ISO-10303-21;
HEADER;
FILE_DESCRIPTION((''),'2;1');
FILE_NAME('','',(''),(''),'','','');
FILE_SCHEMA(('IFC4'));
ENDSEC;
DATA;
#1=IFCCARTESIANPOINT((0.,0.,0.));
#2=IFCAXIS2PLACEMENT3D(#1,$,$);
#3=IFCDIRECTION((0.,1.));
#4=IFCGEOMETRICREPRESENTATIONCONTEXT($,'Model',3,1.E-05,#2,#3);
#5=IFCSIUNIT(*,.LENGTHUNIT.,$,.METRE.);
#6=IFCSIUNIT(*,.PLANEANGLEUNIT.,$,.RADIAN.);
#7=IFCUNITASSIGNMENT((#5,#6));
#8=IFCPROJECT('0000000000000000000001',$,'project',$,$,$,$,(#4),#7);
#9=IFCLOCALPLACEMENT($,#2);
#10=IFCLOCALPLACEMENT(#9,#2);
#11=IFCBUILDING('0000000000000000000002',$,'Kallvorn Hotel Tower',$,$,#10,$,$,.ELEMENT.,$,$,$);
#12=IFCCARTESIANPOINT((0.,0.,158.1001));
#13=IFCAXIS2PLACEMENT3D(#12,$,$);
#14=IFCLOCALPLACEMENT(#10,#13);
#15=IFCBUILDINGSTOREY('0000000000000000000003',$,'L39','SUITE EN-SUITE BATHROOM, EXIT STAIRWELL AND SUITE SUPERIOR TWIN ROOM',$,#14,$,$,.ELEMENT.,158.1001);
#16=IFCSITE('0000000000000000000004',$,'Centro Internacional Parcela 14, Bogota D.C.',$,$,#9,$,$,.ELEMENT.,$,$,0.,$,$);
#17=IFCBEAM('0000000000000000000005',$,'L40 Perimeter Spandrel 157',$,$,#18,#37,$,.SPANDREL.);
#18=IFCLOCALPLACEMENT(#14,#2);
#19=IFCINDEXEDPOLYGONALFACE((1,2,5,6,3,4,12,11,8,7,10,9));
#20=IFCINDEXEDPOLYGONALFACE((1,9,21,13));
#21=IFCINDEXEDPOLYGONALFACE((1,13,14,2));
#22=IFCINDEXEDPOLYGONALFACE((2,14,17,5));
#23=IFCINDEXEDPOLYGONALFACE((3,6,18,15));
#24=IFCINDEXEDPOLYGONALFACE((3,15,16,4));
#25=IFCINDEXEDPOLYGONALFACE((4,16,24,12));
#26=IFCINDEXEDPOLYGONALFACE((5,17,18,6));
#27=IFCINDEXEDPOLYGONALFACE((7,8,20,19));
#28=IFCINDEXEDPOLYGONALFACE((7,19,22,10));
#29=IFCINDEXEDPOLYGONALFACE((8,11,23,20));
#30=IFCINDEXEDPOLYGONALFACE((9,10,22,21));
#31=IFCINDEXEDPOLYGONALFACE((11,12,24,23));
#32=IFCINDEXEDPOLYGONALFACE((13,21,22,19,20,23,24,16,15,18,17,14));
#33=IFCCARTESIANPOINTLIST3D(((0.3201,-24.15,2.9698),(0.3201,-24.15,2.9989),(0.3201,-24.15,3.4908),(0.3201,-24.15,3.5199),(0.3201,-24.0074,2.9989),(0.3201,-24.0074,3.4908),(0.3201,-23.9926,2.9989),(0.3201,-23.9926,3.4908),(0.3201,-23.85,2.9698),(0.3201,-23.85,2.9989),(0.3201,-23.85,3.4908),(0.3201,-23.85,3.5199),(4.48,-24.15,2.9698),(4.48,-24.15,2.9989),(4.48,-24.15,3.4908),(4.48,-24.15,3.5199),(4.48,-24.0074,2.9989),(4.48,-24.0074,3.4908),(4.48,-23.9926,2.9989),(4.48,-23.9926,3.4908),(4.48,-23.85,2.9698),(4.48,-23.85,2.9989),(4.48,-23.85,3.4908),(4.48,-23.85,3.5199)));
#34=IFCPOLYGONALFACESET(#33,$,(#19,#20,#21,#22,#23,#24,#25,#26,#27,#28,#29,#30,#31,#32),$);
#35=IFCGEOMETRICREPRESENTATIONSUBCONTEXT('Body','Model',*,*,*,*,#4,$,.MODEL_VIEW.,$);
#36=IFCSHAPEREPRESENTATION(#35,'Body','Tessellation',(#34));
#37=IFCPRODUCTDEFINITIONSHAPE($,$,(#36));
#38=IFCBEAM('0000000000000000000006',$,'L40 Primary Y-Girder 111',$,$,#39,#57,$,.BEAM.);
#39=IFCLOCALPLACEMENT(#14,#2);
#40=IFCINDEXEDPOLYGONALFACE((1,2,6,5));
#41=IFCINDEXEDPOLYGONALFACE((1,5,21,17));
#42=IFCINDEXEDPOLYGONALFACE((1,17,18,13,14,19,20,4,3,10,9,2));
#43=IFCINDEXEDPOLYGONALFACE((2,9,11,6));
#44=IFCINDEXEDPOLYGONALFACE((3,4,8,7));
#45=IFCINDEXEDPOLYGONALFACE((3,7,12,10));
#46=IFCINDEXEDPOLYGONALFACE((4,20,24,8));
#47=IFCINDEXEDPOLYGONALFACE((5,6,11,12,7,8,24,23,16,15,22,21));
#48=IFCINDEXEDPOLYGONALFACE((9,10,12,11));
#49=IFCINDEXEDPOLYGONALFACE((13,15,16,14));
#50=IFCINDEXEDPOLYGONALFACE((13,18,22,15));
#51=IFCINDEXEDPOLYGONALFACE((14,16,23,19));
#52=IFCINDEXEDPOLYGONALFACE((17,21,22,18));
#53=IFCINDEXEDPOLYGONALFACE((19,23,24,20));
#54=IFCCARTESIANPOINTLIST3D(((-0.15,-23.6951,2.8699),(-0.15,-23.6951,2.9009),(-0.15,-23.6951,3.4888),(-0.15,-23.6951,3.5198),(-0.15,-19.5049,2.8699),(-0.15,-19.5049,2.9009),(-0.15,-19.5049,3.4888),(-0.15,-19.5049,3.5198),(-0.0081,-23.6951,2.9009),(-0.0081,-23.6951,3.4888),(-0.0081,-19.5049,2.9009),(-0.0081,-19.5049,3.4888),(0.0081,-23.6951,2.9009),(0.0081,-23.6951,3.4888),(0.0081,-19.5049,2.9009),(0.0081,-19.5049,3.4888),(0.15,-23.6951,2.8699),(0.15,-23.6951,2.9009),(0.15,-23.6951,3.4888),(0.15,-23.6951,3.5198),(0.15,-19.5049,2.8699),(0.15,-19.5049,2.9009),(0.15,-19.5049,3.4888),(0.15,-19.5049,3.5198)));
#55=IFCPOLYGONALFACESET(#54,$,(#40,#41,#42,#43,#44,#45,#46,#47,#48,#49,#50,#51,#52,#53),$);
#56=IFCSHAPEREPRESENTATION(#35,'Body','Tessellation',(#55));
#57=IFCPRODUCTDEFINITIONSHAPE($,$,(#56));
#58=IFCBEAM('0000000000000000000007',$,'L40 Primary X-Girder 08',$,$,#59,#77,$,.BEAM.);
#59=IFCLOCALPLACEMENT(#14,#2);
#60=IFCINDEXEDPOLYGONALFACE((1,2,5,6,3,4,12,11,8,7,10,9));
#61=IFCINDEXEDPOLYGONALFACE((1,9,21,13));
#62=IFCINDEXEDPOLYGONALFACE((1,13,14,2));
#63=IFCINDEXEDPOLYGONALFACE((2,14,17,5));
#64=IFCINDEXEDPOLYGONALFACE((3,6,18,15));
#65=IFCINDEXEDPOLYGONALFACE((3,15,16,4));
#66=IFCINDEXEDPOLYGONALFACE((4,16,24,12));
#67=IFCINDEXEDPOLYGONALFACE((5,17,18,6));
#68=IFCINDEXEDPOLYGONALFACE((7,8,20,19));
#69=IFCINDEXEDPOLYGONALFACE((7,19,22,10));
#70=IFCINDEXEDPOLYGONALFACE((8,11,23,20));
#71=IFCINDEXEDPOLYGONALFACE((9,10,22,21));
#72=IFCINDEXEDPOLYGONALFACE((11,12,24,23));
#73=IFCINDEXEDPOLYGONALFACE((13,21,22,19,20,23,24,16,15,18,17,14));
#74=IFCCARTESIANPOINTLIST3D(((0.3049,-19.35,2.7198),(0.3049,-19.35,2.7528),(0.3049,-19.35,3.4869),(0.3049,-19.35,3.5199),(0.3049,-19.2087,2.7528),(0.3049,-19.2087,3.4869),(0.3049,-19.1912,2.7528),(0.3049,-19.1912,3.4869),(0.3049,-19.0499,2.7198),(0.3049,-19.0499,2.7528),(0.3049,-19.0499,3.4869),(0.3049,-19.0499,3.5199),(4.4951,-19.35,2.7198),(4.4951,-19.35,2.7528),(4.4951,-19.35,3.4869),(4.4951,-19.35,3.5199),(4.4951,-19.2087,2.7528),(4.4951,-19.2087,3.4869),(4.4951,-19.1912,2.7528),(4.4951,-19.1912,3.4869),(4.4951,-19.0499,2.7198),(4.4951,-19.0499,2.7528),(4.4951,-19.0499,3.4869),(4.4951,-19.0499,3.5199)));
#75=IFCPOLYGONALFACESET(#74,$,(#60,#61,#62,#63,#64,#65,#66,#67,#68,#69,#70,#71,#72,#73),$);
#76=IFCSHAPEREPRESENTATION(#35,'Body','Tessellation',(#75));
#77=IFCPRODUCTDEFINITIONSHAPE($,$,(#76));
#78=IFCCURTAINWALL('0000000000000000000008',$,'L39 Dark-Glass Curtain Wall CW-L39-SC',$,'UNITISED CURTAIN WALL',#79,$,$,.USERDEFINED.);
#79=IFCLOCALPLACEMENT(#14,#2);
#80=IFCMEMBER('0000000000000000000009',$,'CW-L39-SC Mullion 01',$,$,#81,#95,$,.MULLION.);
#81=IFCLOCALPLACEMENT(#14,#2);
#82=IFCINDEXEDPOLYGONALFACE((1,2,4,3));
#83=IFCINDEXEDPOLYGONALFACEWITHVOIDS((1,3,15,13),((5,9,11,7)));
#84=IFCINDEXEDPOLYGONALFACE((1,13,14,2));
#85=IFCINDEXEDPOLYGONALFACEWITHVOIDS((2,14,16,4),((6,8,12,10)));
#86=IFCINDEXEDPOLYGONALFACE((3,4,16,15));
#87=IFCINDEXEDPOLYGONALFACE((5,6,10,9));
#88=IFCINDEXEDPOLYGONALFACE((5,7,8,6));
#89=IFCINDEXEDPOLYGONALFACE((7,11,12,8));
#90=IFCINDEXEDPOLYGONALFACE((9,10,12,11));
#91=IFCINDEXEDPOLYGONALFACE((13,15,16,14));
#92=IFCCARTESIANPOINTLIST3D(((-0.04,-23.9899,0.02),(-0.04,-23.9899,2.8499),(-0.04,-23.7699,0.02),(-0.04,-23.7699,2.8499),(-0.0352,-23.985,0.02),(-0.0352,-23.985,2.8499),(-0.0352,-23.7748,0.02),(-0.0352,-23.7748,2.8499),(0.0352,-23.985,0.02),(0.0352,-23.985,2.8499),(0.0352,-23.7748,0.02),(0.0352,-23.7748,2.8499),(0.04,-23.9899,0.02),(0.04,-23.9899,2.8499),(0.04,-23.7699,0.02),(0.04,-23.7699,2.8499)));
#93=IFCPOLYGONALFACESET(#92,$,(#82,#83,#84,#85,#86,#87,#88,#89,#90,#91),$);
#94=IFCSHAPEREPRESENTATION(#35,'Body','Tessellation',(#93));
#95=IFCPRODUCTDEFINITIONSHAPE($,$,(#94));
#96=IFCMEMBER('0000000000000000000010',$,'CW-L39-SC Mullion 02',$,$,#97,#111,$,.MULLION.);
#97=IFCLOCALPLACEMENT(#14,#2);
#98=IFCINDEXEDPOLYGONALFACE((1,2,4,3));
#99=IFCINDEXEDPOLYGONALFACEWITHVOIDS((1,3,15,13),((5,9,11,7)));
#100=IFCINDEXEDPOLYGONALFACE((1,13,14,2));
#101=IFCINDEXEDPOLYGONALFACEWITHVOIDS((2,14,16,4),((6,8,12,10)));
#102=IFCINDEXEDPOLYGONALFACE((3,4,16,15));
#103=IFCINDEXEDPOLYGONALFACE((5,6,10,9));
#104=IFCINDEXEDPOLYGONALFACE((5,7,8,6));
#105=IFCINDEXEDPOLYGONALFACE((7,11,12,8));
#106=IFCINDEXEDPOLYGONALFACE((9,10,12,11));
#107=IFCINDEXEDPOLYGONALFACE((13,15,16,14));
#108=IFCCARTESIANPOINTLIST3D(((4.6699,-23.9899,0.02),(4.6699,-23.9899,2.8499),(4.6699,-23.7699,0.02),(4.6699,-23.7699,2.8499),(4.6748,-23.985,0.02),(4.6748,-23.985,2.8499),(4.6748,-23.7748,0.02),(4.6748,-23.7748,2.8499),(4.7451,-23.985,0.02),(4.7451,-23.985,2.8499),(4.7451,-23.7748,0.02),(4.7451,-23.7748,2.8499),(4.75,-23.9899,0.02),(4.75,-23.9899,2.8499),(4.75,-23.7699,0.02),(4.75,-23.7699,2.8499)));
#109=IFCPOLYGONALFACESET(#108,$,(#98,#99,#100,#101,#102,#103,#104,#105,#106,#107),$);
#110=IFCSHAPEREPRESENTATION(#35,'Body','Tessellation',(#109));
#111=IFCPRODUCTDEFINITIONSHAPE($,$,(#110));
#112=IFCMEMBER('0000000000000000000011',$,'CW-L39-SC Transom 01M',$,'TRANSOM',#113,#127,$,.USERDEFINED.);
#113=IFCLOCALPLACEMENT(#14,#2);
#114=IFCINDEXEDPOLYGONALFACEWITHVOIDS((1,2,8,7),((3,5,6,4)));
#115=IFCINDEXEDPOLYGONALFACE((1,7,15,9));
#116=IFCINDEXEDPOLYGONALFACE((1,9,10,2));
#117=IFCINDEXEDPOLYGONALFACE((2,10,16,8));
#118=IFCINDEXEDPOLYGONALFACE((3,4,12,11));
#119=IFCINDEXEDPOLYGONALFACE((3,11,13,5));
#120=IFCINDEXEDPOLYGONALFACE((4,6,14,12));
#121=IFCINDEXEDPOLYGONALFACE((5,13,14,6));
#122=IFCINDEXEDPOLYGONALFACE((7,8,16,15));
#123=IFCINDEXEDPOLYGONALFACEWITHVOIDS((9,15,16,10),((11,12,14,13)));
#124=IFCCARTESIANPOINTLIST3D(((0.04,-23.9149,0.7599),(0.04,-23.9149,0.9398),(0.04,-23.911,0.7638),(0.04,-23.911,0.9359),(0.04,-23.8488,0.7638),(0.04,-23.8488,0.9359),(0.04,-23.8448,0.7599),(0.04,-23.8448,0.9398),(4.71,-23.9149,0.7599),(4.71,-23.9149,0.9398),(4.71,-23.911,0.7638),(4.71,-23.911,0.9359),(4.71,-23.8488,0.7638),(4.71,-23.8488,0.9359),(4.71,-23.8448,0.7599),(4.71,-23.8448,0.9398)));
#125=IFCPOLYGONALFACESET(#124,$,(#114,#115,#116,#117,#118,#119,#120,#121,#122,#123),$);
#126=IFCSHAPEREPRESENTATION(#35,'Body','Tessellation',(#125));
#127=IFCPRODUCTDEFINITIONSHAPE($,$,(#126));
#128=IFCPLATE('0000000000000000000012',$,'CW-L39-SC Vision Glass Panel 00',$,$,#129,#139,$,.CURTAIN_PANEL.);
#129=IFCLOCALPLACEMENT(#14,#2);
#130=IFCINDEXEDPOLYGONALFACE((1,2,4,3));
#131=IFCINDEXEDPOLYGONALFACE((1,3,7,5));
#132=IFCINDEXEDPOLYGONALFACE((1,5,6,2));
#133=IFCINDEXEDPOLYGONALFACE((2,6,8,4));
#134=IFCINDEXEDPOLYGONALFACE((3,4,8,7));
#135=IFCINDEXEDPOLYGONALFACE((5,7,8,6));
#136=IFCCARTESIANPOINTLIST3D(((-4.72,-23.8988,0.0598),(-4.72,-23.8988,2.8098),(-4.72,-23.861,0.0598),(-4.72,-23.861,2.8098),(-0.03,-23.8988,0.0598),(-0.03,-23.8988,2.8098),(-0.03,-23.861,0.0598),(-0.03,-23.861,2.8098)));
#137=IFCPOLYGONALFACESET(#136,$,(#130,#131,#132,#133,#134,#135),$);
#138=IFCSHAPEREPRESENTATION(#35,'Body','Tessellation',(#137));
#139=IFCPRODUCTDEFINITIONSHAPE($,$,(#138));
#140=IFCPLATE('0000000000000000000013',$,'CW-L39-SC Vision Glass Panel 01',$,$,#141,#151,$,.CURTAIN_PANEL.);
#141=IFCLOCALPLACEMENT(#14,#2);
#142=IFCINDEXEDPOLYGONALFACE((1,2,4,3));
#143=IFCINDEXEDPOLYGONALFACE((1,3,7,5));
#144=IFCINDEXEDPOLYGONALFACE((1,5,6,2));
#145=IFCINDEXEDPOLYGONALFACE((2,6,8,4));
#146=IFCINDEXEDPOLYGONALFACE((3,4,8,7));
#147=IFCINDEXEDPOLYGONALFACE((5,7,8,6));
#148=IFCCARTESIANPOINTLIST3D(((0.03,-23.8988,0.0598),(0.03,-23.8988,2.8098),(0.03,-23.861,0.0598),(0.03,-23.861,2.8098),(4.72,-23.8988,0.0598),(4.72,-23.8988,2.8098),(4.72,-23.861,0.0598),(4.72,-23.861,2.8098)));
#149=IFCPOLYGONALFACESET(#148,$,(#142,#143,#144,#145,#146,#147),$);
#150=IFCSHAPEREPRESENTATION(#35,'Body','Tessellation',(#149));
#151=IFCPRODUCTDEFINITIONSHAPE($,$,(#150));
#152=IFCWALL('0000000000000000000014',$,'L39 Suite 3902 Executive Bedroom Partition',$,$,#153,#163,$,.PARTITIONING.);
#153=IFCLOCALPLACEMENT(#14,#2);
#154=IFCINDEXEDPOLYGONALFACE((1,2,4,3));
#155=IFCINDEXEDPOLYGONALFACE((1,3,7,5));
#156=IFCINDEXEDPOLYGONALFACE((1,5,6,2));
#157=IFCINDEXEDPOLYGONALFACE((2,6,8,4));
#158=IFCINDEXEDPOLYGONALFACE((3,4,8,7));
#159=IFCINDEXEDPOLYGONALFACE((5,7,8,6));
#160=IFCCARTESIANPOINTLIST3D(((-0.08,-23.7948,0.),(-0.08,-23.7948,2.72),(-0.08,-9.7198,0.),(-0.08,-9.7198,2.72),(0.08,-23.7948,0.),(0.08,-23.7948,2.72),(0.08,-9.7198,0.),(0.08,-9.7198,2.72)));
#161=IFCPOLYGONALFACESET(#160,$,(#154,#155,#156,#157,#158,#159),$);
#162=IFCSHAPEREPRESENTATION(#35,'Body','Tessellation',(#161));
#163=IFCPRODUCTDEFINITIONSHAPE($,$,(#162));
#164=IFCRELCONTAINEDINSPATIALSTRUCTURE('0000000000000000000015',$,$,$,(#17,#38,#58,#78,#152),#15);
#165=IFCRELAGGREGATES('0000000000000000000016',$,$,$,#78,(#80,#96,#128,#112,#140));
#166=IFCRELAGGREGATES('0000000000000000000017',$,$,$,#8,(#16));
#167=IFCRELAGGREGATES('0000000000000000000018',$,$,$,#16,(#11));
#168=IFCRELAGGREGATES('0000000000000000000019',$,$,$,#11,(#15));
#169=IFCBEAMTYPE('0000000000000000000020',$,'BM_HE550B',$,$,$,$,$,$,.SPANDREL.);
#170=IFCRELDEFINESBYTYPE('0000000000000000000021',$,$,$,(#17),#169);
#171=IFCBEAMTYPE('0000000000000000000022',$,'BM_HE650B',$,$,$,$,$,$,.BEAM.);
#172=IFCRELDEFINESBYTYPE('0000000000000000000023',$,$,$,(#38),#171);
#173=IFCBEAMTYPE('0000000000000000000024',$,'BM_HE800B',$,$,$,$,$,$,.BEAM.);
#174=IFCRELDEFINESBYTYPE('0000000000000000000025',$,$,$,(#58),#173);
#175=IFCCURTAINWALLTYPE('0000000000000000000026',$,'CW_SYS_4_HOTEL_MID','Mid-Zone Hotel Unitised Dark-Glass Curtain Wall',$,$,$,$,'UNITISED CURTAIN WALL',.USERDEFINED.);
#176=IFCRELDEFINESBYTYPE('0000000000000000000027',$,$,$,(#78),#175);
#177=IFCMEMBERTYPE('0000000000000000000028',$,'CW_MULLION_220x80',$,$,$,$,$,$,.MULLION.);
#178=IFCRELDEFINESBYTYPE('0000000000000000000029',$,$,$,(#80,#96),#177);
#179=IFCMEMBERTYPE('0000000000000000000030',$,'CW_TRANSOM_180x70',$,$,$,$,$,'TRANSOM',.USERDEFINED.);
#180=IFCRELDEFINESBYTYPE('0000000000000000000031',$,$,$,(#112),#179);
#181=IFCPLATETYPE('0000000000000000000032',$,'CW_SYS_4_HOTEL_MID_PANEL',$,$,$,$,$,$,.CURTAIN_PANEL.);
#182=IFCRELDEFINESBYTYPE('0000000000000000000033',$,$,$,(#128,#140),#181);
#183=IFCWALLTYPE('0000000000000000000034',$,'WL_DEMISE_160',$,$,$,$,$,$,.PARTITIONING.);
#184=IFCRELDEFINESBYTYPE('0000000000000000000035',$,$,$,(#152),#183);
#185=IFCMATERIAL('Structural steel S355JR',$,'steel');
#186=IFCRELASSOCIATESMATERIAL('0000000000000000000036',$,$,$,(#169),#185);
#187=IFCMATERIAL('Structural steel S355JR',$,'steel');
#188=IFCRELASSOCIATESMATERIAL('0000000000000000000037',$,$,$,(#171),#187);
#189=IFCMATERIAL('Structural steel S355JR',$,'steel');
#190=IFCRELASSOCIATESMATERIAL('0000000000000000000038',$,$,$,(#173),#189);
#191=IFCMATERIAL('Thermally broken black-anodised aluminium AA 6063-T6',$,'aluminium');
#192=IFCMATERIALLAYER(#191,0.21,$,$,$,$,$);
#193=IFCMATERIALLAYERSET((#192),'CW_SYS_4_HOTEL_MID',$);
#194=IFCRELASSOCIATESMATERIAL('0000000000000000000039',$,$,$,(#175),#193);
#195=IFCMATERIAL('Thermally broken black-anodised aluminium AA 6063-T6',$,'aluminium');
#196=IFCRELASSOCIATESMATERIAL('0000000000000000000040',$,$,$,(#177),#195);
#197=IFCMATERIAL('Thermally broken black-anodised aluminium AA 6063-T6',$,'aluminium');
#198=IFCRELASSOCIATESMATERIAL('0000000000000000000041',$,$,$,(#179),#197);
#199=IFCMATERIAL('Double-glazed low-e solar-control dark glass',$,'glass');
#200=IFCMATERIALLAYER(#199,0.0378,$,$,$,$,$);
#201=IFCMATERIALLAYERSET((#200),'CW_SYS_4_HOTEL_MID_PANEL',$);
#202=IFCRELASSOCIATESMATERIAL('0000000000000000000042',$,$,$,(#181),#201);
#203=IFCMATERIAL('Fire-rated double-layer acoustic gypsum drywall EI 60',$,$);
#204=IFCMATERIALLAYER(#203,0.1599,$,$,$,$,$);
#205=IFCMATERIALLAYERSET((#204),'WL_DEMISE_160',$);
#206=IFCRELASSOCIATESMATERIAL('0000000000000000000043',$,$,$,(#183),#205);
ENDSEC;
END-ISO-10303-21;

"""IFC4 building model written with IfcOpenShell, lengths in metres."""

from ifc_helpers import new_model, si_unit, direction, frame, frame_2d, origin, origin_2d, place, context, subcontext, project, spatial, rectangle, hollow_rectangle, i_section, extrude, material, layer, layer_set, material_profile, profile_set, type_object, element, aggregate, save


model = new_model("IFC4")

# Units and contexts
model_context = context("Model", 3, precision=1e-05, world=origin(), true_north=direction((0.0, 1.0)))
body_context = subcontext(model_context, "Body", "Model", "MODEL_VIEW")
ifc_project = project(units=[si_unit("LENGTHUNIT", "METRE"), si_unit("PLANEANGLEUNIT", "RADIAN")], contexts=[model_context])

# Site, building, storey
site_placement = place(None, origin())
site = spatial("IfcSite", under=ifc_project, at=site_placement, Name="Centro Internacional Parcela 14, Bogota D.C.", CompositionType="ELEMENT", RefElevation=0.0)
building_placement = place(site_placement, origin())
building = spatial("IfcBuilding", under=site, at=building_placement, Name="Kallvorn Hotel Tower", CompositionType="ELEMENT")
storey_placement = place(building_placement, frame((0.0, 0.0, 158.1001)))
storey = spatial("IfcBuildingStorey", under=building, at=storey_placement, Name="L39", Description="SUITE EN-SUITE BATHROOM, EXIT STAIRWELL AND SUITE SUPERIOR TWIN ROOM", CompositionType="ELEMENT", Elevation=158.1001)

# Beams
ifc_material_1 = material(Name="Structural steel S355JR", Category="steel")
ifc_material_profile_1 = material_profile(ifc_material_1, i_section(OverallWidth=0.3, OverallDepth=0.55, WebThickness=0.0149, FlangeThickness=0.0291, at=origin_2d()), Name="HE 550 B")
ifc_profile_set_1 = profile_set([ifc_material_profile_1], Name="Structural steel S355JR")
beam_type_1 = type_object("IfcBeamType", Name="BM_HE550B", PredefinedType="SPANDREL", material=ifc_profile_set_1)
beam_1_placement = place(storey_placement, frame((0.3201, -24.0, 3.2449), z_axis=(1.0, 0.0, 0.0), x_axis=(0.0, 1.0, 0.0)))
element("IfcBeam", 1, at=beam_1_placement, inside=storey, type_object=beam_type_1, Name="L40 Perimeter Spandrel 157", PredefinedType="SPANDREL", context=body_context, shape_type="SweptSolid", body=[
    extrude(i_section(OverallWidth=0.3, OverallDepth=0.55, WebThickness=0.0149, FlangeThickness=0.0291, at=origin_2d()), origin(), (0.0, 0.0, 1.0), 4.1599),
])
ifc_material_2 = material(Name="Structural steel S355JR", Category="steel")
ifc_material_profile_2 = material_profile(ifc_material_2, i_section(OverallWidth=0.3, OverallDepth=0.6499, WebThickness=0.0161, FlangeThickness=0.031, at=origin_2d()), Name="HE 650 B")
ifc_profile_set_2 = profile_set([ifc_material_profile_2], Name="Structural steel S355JR")
beam_type_2 = type_object("IfcBeamType", Name="BM_HE650B", PredefinedType="BEAM", material=ifc_profile_set_2)
beam_2_placement = place(storey_placement, frame((0.0, -23.6951, 3.1948), z_axis=(0.0, 1.0, 0.0), x_axis=(-1.0, 0.0, 0.0)))
element("IfcBeam", 2, at=beam_2_placement, inside=storey, type_object=beam_type_2, Name="L40 Primary Y-Girder 111", PredefinedType="BEAM", context=body_context, shape_type="SweptSolid", body=[
    extrude(i_section(OverallWidth=0.3, OverallDepth=0.6499, WebThickness=0.0161, FlangeThickness=0.031, at=origin_2d()), origin(), (0.0, 0.0, 1.0), 4.1902),
])
ifc_material_3 = material(Name="Structural steel S355JR", Category="steel")
ifc_material_profile_3 = material_profile(ifc_material_3, i_section(OverallWidth=0.3, OverallDepth=0.8, WebThickness=0.0176, FlangeThickness=0.033, at=origin_2d()), Name="HE 800 B")
ifc_profile_set_3 = profile_set([ifc_material_profile_3], Name="Structural steel S355JR")
beam_type_3 = type_object("IfcBeamType", Name="BM_HE800B", PredefinedType="BEAM", material=ifc_profile_set_3)
beam_3_placement = place(storey_placement, frame((0.3049, -19.2, 3.1199), z_axis=(1.0, 0.0, 0.0), x_axis=(0.0, 1.0, 0.0)))
element("IfcBeam", 3, at=beam_3_placement, inside=storey, type_object=beam_type_3, Name="L40 Primary X-Girder 08", PredefinedType="BEAM", context=body_context, shape_type="SweptSolid", body=[
    extrude(i_section(OverallWidth=0.3, OverallDepth=0.8, WebThickness=0.0176, FlangeThickness=0.033, at=origin_2d()), origin(), (0.0, 0.0, 1.0), 4.1902),
])

# Curtain wall, members, plates
ifc_material_4 = material(Name="Thermally broken black-anodised aluminium AA 6063-T6", Category="aluminium")
ifc_layer_1 = layer(ifc_material_4, 0.21)
ifc_layer_set_1 = layer_set([ifc_layer_1], Name="CW_SYS_4_HOTEL_MID")
curtain_wall_type = type_object("IfcCurtainWallType", Name="CW_SYS_4_HOTEL_MID", Description="Mid-Zone Hotel Unitised Dark-Glass Curtain Wall", ElementType="UNITISED CURTAIN WALL", PredefinedType="USERDEFINED", material=ifc_layer_set_1)
curtain_wall_placement = place(storey_placement, origin())
curtain_wall = element("IfcCurtainWall", 4, at=curtain_wall_placement, inside=storey, type_object=curtain_wall_type, Name="L39 Dark-Glass Curtain Wall CW-L39-SC", ObjectType="UNITISED CURTAIN WALL", PredefinedType="USERDEFINED")
ifc_material_5 = material(Name="Thermally broken black-anodised aluminium AA 6063-T6", Category="aluminium")
ifc_material_profile_4 = material_profile(ifc_material_5, hollow_rectangle(XDim=0.0801, YDim=0.22, WallThickness=0.0049, at=origin_2d()), Name="MUL 220x80")
ifc_profile_set_4 = profile_set([ifc_material_profile_4], Name="Thermally broken black-anodised aluminium AA 6063-T6")
member_type_1 = type_object("IfcMemberType", Name="CW_MULLION_220x80", PredefinedType="MULLION", material=ifc_profile_set_4)
member_1_placement = place(storey_placement, frame((0.0, -23.8799, 0.02), z_axis=(0.0, 0.0, 1.0), x_axis=(1.0, 0.0, 0.0)))
member_1 = element("IfcMember", 5, at=member_1_placement, type_object=member_type_1, Name="CW-L39-SC Mullion 01", PredefinedType="MULLION", context=body_context, shape_type="SweptSolid", body=[
    extrude(hollow_rectangle(XDim=0.0801, YDim=0.22, WallThickness=0.0049, at=origin_2d()), origin(), (0.0, 0.0, 1.0), 2.8298),
])
member_2_placement = place(storey_placement, frame((4.71, -23.8799, 0.02), z_axis=(0.0, 0.0, 1.0), x_axis=(1.0, 0.0, 0.0)))
member_2 = element("IfcMember", 6, at=member_2_placement, type_object=member_type_1, Name="CW-L39-SC Mullion 02", PredefinedType="MULLION", context=body_context, shape_type="SweptSolid", body=[
    extrude(hollow_rectangle(XDim=0.0801, YDim=0.22, WallThickness=0.0049, at=origin_2d()), origin(), (0.0, 0.0, 1.0), 2.8298),
])
ifc_material_6 = material(Name="Thermally broken black-anodised aluminium AA 6063-T6", Category="aluminium")
ifc_material_profile_5 = material_profile(ifc_material_6, hollow_rectangle(XDim=0.0701, YDim=0.1799, WallThickness=0.0039, at=origin_2d()), Name="TRN 180x70")
ifc_profile_set_5 = profile_set([ifc_material_profile_5], Name="Thermally broken black-anodised aluminium AA 6063-T6")
member_type_2 = type_object("IfcMemberType", Name="CW_TRANSOM_180x70", ElementType="TRANSOM", PredefinedType="USERDEFINED", material=ifc_profile_set_5)
member_3_placement = place(storey_placement, frame((0.04, -23.8799, 0.8499), z_axis=(1.0, 0.0, 0.0), x_axis=(0.0, 1.0, 0.0)))
member_3 = element("IfcMember", 7, at=member_3_placement, type_object=member_type_2, Name="CW-L39-SC Transom 01M", ObjectType="TRANSOM", PredefinedType="USERDEFINED", context=body_context, shape_type="SweptSolid", body=[
    extrude(hollow_rectangle(XDim=0.0701, YDim=0.1799, WallThickness=0.0039, at=origin_2d()), origin(), (0.0, 0.0, 1.0), 4.6699),
])
ifc_material_7 = material(Name="Double-glazed low-e solar-control dark glass", Category="glass")
ifc_layer_2 = layer(ifc_material_7, 0.0378)
ifc_layer_set_2 = layer_set([ifc_layer_2], Name="CW_SYS_4_HOTEL_MID_PANEL")
plate_type = type_object("IfcPlateType", Name="CW_SYS_4_HOTEL_MID_PANEL", PredefinedType="CURTAIN_PANEL", material=ifc_layer_set_2)
plate_1_placement = place(storey_placement, frame((-2.375, -23.8799, 0.0598), z_axis=(0.0, 0.0, 1.0), x_axis=(1.0, 0.0, 0.0)))
plate_1 = element("IfcPlate", 8, at=plate_1_placement, type_object=plate_type, Name="CW-L39-SC Vision Glass Panel 00", PredefinedType="CURTAIN_PANEL", context=body_context, shape_type="SweptSolid", body=[
    extrude(rectangle(XDim=4.6899, YDim=0.0378, at=origin_2d()), origin(), (0.0, 0.0, 1.0), 2.75),
])
plate_2_placement = place(storey_placement, frame((2.375, -23.8799, 0.0598), z_axis=(0.0, 0.0, 1.0), x_axis=(1.0, 0.0, 0.0)))
plate_2 = element("IfcPlate", 9, at=plate_2_placement, type_object=plate_type, Name="CW-L39-SC Vision Glass Panel 01", PredefinedType="CURTAIN_PANEL", context=body_context, shape_type="SweptSolid", body=[
    extrude(rectangle(XDim=4.6899, YDim=0.0378, at=origin_2d()), origin(), (0.0, 0.0, 1.0), 2.75),
])
aggregate(curtain_wall, [member_1, member_2, plate_1, member_3, plate_2])

# Wall
ifc_material_8 = material(Name="Fire-rated double-layer acoustic gypsum drywall EI 60")
ifc_layer_3 = layer(ifc_material_8, 0.1599)
ifc_layer_set_3 = layer_set([ifc_layer_3], Name="WL_DEMISE_160")
wall_type_1 = type_object("IfcWallType", Name="WL_DEMISE_160", PredefinedType="PARTITIONING", material=ifc_layer_set_3)
wall_1_placement = place(storey_placement, frame((0.0, -23.7949, 0.0), z_axis=(0.0, 0.0, 1.0), x_axis=(0.0, 1.0, 0.0)))
element("IfcWall", 10, at=wall_1_placement, inside=storey, type_object=wall_type_1, Name="L39 Suite 3902 Executive Bedroom Partition", PredefinedType="PARTITIONING", context=body_context, shape_type="SweptSolid", body=[
    extrude(rectangle(XDim=14.075, YDim=0.1599, at=frame_2d((7.0376, 0.0))), origin(), (0.0, 0.0, 1.0), 2.72),
])

save(model, "model.ifc")
